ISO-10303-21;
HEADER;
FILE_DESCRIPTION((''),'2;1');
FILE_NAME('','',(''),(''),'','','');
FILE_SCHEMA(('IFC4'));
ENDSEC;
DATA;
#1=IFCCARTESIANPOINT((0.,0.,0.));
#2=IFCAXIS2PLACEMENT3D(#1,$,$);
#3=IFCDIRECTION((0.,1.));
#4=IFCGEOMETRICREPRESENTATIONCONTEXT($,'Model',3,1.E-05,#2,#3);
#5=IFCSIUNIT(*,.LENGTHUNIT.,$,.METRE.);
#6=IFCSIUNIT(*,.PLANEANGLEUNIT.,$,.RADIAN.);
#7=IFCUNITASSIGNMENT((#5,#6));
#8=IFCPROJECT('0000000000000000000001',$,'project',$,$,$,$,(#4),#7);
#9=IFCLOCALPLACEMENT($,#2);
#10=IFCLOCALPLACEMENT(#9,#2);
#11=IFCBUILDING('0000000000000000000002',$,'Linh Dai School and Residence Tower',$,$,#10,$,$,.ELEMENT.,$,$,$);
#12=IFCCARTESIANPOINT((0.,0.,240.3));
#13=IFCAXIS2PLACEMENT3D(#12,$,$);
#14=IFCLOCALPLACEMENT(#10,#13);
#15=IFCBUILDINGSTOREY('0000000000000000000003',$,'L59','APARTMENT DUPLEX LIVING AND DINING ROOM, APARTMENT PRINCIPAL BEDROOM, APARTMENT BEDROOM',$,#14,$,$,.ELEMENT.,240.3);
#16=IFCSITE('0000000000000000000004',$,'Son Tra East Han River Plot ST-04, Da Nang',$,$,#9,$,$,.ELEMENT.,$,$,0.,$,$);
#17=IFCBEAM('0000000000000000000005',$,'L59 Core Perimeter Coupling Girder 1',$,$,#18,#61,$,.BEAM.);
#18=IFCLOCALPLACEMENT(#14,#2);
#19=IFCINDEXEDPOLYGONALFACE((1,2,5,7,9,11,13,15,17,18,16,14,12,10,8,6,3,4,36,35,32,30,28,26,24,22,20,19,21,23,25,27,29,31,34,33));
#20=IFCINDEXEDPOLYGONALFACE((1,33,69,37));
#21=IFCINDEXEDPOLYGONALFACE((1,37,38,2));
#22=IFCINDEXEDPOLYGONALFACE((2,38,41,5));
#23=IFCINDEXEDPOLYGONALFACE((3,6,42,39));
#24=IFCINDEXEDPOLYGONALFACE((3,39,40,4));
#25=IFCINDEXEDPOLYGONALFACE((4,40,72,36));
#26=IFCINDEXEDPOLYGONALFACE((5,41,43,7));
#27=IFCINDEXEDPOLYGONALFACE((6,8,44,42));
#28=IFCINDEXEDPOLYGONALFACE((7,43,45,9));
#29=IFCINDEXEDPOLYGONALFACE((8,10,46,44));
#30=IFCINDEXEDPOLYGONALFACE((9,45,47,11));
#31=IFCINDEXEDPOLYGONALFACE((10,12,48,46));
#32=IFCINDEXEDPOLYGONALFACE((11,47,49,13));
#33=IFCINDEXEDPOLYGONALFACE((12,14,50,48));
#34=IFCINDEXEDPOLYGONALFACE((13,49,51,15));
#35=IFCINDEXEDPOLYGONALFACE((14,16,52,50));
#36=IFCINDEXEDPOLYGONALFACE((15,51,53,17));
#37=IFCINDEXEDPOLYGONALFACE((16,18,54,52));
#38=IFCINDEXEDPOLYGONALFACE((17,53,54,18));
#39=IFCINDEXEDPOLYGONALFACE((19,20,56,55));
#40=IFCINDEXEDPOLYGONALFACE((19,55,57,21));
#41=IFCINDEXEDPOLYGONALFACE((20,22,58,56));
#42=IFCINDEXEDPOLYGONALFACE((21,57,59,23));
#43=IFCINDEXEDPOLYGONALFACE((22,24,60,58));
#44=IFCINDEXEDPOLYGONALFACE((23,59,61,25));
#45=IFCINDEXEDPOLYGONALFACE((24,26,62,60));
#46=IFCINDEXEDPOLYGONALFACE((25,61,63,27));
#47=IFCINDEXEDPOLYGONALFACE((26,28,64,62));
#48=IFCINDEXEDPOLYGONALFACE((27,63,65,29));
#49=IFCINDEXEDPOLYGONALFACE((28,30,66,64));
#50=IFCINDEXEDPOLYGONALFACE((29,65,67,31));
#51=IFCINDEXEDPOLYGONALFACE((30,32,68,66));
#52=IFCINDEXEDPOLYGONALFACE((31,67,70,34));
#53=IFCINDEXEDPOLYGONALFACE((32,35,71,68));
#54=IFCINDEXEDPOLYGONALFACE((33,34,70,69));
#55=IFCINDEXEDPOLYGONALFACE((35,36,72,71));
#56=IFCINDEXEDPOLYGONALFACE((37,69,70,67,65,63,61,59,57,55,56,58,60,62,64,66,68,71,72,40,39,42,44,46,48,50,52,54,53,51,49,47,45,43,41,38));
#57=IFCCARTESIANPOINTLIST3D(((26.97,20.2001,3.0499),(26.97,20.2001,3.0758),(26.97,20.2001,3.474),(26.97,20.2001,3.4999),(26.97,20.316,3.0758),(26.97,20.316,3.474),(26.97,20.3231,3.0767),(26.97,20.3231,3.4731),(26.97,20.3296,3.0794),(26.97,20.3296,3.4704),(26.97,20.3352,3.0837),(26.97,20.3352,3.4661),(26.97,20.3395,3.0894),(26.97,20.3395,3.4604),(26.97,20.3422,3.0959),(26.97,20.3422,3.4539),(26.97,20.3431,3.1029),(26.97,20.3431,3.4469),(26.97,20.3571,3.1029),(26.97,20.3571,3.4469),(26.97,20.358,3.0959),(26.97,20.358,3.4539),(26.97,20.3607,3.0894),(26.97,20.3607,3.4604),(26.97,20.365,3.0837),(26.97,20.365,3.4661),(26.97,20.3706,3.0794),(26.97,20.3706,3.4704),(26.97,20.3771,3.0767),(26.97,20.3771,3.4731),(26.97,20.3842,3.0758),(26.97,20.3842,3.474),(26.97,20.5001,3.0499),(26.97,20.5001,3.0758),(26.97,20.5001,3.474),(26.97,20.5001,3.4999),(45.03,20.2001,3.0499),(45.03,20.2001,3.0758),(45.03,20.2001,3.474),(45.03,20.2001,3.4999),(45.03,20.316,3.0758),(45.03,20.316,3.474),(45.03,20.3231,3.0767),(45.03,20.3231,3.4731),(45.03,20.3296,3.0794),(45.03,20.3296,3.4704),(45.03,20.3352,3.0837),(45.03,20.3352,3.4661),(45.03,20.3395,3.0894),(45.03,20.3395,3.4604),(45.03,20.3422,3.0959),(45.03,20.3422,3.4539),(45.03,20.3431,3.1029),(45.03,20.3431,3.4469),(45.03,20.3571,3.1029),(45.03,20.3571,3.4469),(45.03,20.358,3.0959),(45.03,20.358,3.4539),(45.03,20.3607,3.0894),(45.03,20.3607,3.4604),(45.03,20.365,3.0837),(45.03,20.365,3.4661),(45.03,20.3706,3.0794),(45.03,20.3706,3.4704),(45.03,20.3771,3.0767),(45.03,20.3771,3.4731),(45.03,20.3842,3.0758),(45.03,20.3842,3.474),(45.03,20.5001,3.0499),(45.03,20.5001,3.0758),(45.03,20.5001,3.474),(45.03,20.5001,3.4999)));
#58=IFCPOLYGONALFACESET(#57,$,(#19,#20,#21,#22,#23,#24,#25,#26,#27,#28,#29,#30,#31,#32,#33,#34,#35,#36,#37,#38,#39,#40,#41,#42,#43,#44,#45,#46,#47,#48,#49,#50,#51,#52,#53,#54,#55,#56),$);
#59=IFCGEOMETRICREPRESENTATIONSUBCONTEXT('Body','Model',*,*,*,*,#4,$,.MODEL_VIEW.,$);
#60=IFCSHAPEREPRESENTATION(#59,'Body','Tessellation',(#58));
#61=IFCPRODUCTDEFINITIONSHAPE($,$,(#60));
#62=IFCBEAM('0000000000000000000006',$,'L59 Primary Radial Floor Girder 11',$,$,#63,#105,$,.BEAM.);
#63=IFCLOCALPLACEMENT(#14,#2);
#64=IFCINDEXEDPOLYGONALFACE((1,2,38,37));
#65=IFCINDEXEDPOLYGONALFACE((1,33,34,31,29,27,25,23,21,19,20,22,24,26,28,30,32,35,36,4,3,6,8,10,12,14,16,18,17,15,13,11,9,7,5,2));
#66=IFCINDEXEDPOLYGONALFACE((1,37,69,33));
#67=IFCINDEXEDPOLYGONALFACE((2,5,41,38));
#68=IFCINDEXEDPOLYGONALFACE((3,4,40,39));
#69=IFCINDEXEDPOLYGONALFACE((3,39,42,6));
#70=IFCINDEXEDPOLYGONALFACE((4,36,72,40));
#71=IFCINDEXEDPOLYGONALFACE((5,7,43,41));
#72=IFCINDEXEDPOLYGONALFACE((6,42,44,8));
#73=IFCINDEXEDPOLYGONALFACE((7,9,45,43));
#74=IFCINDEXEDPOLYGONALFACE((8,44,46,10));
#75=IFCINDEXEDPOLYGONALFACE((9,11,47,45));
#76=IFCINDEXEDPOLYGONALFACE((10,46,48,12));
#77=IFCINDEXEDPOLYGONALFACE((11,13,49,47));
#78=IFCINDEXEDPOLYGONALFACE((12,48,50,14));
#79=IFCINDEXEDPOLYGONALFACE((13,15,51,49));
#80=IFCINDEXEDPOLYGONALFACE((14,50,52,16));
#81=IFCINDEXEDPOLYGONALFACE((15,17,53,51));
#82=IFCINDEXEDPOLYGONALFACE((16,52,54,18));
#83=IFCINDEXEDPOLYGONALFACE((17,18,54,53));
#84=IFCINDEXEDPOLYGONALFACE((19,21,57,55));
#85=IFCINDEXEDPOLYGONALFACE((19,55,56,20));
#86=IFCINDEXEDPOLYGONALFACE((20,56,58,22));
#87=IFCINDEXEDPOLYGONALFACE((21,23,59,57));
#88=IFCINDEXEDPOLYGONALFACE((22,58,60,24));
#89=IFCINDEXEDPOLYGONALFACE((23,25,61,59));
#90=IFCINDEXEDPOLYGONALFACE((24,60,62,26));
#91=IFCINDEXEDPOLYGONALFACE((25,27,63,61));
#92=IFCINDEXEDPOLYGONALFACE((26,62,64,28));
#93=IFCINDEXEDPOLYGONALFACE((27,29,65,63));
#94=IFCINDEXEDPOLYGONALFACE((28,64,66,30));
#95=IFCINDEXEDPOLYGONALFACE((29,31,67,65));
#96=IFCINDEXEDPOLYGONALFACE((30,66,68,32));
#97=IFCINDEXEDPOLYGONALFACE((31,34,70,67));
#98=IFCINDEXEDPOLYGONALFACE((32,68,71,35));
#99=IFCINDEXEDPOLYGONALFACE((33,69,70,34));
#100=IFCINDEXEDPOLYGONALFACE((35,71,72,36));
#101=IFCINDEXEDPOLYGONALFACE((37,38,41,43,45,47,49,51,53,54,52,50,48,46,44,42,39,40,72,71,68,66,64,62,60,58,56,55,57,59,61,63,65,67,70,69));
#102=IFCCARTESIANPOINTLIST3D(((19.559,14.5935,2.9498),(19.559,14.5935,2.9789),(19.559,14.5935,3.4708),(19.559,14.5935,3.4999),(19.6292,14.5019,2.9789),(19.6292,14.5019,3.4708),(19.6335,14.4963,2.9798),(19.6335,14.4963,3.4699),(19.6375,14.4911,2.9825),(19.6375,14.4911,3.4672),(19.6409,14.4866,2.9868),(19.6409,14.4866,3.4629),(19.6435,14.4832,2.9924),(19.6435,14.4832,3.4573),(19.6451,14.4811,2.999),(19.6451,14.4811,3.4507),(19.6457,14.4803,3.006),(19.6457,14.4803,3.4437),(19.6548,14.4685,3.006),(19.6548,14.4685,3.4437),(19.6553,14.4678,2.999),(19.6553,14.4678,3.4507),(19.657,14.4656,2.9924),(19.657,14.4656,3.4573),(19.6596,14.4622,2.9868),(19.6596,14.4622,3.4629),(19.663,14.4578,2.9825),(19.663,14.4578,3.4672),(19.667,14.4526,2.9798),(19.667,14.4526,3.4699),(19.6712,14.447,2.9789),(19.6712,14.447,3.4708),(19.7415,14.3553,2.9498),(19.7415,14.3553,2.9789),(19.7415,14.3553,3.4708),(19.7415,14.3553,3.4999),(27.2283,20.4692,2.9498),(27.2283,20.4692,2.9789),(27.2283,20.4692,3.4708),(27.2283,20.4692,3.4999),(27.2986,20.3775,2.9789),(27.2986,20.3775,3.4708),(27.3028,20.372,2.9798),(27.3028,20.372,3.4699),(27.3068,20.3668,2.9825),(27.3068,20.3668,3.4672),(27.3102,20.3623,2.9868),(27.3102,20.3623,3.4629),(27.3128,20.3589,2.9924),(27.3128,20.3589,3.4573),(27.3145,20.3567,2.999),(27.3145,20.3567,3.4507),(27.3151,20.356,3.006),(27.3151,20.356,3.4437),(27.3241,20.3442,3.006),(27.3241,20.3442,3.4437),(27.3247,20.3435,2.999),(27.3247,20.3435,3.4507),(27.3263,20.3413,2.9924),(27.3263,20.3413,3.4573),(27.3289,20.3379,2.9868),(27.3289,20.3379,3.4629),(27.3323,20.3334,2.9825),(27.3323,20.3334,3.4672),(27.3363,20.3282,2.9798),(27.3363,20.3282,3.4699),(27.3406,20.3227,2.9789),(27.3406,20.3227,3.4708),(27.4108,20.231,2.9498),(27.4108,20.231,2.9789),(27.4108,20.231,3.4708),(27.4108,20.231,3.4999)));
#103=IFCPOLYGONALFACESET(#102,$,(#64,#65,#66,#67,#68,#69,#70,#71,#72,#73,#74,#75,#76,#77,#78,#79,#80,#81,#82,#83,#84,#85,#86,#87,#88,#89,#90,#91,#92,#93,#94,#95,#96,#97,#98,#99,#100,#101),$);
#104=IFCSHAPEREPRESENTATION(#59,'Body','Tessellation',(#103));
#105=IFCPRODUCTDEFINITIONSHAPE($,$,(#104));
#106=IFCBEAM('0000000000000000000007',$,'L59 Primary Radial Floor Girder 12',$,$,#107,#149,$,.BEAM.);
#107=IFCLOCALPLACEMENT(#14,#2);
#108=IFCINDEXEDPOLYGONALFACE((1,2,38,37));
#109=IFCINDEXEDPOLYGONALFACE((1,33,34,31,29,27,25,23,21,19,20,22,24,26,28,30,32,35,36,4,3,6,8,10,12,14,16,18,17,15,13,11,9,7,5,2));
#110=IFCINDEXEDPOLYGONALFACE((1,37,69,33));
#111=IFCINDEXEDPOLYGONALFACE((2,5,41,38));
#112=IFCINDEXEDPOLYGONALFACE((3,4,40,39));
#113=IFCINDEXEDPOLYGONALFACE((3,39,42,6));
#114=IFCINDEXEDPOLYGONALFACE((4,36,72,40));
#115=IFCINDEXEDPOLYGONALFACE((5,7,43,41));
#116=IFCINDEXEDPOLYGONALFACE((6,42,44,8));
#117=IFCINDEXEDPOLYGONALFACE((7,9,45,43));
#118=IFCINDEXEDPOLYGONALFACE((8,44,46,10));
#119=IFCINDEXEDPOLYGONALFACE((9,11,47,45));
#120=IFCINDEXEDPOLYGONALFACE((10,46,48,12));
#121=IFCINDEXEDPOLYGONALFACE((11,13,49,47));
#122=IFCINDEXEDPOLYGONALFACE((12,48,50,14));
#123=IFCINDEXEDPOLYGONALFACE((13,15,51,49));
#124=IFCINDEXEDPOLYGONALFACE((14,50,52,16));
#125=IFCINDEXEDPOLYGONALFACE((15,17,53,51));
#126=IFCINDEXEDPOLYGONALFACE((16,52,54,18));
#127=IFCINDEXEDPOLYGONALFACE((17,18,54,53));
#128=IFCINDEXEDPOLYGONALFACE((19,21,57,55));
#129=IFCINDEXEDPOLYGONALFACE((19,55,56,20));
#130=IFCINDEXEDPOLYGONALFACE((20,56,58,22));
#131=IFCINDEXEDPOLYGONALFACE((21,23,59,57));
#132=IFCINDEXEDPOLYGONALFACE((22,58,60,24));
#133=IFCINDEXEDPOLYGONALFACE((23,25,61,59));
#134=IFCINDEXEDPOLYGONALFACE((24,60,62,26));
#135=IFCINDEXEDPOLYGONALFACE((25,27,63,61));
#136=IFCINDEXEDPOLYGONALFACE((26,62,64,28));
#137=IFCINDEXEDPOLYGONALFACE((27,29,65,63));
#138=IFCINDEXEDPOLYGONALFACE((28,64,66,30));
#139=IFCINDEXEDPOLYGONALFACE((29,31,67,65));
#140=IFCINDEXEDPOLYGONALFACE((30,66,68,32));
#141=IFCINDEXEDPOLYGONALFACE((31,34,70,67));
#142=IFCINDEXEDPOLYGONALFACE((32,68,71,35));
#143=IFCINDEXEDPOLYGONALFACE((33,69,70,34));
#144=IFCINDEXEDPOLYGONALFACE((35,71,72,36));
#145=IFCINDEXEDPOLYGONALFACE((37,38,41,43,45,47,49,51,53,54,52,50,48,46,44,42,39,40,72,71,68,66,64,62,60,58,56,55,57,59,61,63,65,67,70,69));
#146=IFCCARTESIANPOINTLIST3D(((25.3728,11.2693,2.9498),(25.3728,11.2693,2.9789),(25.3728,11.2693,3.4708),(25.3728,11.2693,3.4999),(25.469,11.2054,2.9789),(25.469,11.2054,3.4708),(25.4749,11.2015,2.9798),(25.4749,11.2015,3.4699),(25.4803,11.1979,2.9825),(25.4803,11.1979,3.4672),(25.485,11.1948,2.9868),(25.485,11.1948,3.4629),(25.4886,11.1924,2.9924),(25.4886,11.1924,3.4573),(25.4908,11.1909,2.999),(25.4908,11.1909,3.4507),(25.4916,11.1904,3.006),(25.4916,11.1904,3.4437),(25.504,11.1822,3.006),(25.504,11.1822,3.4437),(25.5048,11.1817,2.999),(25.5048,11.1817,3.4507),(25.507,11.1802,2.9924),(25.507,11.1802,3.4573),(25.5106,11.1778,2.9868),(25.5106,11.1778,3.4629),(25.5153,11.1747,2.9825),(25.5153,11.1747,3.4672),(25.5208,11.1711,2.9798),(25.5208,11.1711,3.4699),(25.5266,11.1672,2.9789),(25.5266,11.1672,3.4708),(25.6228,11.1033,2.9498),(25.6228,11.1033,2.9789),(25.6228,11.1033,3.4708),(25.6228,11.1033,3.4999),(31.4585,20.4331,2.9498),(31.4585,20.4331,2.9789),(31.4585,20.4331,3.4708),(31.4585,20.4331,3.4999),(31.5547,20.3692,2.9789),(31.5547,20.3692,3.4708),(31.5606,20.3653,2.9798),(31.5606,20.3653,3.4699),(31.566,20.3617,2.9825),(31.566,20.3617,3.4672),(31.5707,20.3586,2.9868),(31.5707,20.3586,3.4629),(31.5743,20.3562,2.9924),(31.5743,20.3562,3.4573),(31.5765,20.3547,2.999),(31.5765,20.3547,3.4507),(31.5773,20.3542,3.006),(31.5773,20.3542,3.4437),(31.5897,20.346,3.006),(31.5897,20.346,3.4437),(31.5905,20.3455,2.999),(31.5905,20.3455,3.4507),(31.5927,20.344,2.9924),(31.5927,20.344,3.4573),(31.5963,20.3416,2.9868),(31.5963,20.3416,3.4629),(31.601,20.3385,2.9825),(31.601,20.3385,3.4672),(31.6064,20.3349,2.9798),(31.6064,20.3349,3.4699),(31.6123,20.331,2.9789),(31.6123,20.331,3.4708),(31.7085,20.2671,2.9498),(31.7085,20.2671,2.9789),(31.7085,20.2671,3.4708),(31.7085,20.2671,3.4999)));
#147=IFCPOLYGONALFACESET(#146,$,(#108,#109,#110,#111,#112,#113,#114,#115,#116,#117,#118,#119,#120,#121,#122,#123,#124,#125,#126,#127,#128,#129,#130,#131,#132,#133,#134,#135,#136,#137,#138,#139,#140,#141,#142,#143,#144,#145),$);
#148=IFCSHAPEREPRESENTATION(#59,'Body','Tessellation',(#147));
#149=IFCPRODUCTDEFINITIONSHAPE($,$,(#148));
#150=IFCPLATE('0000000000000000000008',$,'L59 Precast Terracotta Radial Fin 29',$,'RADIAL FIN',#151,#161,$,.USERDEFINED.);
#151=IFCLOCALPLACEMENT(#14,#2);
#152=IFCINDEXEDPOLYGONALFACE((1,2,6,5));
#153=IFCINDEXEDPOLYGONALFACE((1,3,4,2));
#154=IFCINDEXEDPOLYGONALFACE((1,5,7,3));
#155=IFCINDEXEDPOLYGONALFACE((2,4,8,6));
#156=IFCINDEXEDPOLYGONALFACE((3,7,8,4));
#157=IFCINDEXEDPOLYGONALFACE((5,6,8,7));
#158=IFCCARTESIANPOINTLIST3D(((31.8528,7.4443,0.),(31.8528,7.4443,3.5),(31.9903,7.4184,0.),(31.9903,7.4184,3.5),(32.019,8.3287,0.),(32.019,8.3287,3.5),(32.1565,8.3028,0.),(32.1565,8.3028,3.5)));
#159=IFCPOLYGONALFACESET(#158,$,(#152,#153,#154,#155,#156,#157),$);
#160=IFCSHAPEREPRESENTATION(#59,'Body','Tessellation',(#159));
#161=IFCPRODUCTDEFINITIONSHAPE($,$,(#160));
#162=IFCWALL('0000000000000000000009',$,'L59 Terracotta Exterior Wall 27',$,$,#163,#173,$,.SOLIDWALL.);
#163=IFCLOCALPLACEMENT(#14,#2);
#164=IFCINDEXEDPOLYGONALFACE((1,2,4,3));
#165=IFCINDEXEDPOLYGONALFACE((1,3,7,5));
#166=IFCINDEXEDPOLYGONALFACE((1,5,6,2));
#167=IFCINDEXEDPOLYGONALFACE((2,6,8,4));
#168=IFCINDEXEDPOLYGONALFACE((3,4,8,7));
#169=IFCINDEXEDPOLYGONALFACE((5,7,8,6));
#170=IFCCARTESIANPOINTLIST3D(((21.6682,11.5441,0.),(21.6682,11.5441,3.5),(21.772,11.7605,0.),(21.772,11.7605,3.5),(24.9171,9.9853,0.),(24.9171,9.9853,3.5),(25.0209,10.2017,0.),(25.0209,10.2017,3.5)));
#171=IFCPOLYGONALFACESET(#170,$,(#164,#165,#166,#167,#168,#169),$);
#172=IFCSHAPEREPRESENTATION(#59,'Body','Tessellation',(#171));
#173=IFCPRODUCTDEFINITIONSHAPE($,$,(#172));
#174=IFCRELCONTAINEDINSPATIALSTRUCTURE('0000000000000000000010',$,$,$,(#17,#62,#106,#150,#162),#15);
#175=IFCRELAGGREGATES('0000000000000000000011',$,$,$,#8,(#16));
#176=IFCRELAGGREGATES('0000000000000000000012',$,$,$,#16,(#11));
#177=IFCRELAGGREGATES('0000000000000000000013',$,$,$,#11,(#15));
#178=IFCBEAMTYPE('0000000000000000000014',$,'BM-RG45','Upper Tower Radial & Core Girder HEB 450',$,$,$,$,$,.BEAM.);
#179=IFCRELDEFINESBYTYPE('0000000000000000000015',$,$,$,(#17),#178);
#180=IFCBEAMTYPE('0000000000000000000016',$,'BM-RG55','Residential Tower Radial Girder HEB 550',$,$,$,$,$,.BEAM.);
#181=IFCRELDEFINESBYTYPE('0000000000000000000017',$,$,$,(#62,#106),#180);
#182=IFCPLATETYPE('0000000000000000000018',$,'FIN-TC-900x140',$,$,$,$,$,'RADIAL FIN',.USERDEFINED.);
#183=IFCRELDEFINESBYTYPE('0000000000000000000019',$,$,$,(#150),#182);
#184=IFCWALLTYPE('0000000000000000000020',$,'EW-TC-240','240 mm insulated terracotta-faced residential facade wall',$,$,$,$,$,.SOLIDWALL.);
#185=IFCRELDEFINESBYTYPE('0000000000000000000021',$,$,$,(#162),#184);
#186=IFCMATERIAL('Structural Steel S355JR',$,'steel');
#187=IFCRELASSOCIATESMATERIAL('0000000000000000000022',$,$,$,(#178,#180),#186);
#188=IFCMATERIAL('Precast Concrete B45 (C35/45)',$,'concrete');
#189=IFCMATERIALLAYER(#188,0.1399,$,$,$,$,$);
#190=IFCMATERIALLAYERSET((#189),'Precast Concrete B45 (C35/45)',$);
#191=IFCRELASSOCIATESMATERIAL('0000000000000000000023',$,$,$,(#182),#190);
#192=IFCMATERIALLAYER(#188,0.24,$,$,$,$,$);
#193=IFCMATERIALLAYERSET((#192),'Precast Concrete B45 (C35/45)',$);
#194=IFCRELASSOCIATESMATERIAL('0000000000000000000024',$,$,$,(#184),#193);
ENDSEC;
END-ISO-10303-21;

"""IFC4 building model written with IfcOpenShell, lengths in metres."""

from ifc_helpers import new_model, si_unit, direction, frame, frame_2d, origin, origin_2d, place, context, subcontext, project, spatial, rectangle, i_section, extrude, source, transform, mapped, material, layer, layer_set, material_profile, profile_set, type_object, element, save


model = new_model("IFC4")

# Units and contexts
model_context = context("Model", 3, precision=1e-05, world=origin(), true_north=direction((0.0, 1.0)))
body_context = subcontext(model_context, "Body", "Model", "MODEL_VIEW")
ifc_project = project(units=[si_unit("LENGTHUNIT", "METRE"), si_unit("PLANEANGLEUNIT", "RADIAN")], contexts=[model_context])

# Site, building, storey
site_placement = place(None, origin())
site = spatial("IfcSite", under=ifc_project, at=site_placement, Name="Son Tra East Han River Plot ST-04, Da Nang", CompositionType="ELEMENT", RefElevation=0.0)
building_placement = place(site_placement, origin())
building = spatial("IfcBuilding", under=site, at=building_placement, Name="Linh Dai School and Residence Tower", CompositionType="ELEMENT")
storey_placement = place(building_placement, frame((0.0, 0.0, 240.3)))
storey = spatial("IfcBuildingStorey", under=building, at=storey_placement, Name="L59", Description="APARTMENT DUPLEX LIVING AND DINING ROOM, APARTMENT PRINCIPAL BEDROOM, APARTMENT BEDROOM", CompositionType="ELEMENT", Elevation=240.3)

# Shared definitions
ifc_material_1 = material(Name="Structural Steel S355JR", Category="steel")

# Beams
ifc_material_profile_1 = material_profile(ifc_material_1, i_section(OverallWidth=0.3, OverallDepth=0.45, WebThickness=0.0139, FlangeThickness=0.0259, FilletRadius=0.0271, at=origin_2d()), Name="HEB 450")
ifc_profile_set_1 = profile_set([ifc_material_profile_1], Name="Structural Steel S355JR")
beam_type_1 = type_object("IfcBeamType", Name="BM-RG45", Description="Upper Tower Radial & Core Girder HEB 450", PredefinedType="BEAM", material=ifc_profile_set_1)
beam_1_placement = place(storey_placement, frame((26.97, 20.3501, 3.2749), z_axis=(1.0, 0.0, 0.0), x_axis=(0.0, 1.0, 0.0)))
element("IfcBeam", 1, at=beam_1_placement, inside=storey, type_object=beam_type_1, Name="L59 Core Perimeter Coupling Girder 1", PredefinedType="BEAM", context=body_context, shape_type="SweptSolid", body=[
    extrude(i_section(OverallWidth=0.3, OverallDepth=0.45, WebThickness=0.0139, FlangeThickness=0.0259, FilletRadius=0.0271, at=origin_2d()), origin(), (0.0, 0.0, 1.0), 18.0601),
])
ifc_material_profile_2 = material_profile(ifc_material_1, i_section(OverallWidth=0.3, OverallDepth=0.55, WebThickness=0.0149, FlangeThickness=0.0291, FilletRadius=0.0271, at=origin_2d()), Name="HEB 550")
ifc_profile_set_2 = profile_set([ifc_material_profile_2], Name="Structural Steel S355JR")
beam_type_2 = type_object("IfcBeamType", Name="BM-RG55", Description="Residential Tower Radial Girder HEB 550", PredefinedType="BEAM", material=ifc_profile_set_2)
beam_2_placement = place(storey_placement, frame((27.3196, 20.3501, 3.2249), z_axis=(-0.793815, -0.60816, 0.0), x_axis=(0.60816, -0.793815, 0.0)))
element("IfcBeam", 2, at=beam_2_placement, inside=storey, type_object=beam_type_2, Name="L59 Primary Radial Floor Girder 11", PredefinedType="BEAM", context=body_context, shape_type="SweptSolid", body=[
    extrude(i_section(OverallWidth=0.3, OverallDepth=0.55, WebThickness=0.0149, FlangeThickness=0.0291, FilletRadius=0.0271, at=origin_2d()), origin(), (0.0, 0.0, 1.0), 9.6614),
])
beam_3_placement = place(storey_placement, frame((31.5835, 20.3501, 3.2249), z_axis=(-0.553219, -0.833036, 0.0), x_axis=(0.833036, -0.553219, 0.0)))
element("IfcBeam", 3, at=beam_3_placement, inside=storey, type_object=beam_type_2, Name="L59 Primary Radial Floor Girder 12", PredefinedType="BEAM", context=body_context, shape_type="SweptSolid", body=[
    extrude(i_section(OverallWidth=0.3, OverallDepth=0.55, WebThickness=0.0149, FlangeThickness=0.0291, FilletRadius=0.0271, at=origin_2d()), origin(), (0.0, 0.0, 1.0), 11.0005),
])

# Plate
ifc_material_2 = material(Name="Precast Concrete B45 (C35/45)", Category="concrete")
ifc_layer_1 = layer(ifc_material_2, 0.1399)
ifc_layer_set_1 = layer_set([ifc_layer_1], Name="Precast Concrete B45 (C35/45)")
plate_type = type_object("IfcPlateType", Name="FIN-TC-900x140", ElementType="RADIAL FIN", PredefinedType="USERDEFINED", material=ifc_layer_set_1)
shared_shape_1 = source(origin(), body_context, "Body", "SweptSolid", [
    extrude(rectangle(XDim=0.8999, YDim=0.1399, at=origin_2d()), origin(), (0.0, 0.0, 1.0), 3.5),
])
plate_placement = place(storey_placement, frame((32.0046, 7.8735, 0.0), z_axis=(0.0, 0.0, 1.0), x_axis=(-0.184744, -0.982787, 0.0)))
element("IfcPlate", 4, at=plate_placement, inside=storey, type_object=plate_type, Name="L59 Precast Terracotta Radial Fin 29", ObjectType="RADIAL FIN", PredefinedType="USERDEFINED", context=body_context, shape_type="MappedRepresentation", body=[
    mapped(shared_shape_1, transform((0.0, 0.0, 0.0), x_axis=(1.0, 0.0, 0.0), y_axis=(0.0, 1.0, 0.0), z_axis=(0.0, 0.0, 1.0), scale=1.0)),
])

# Wall
ifc_layer_2 = layer(ifc_material_2, 0.24)
ifc_layer_set_2 = layer_set([ifc_layer_2], Name="Precast Concrete B45 (C35/45)")
wall_type_1 = type_object("IfcWallType", Name="EW-TC-240", Description="240 mm insulated terracotta-faced residential facade wall", PredefinedType="SOLIDWALL", material=ifc_layer_set_2)
wall_1_placement = place(storey_placement, frame((24.969, 10.0935, 0.0), z_axis=(0.0, 0.0, 1.0), x_axis=(-0.901598, 0.432575, 0.0)))
element("IfcWall", 5, at=wall_1_placement, inside=storey, type_object=wall_type_1, Name="L59 Terracotta Exterior Wall 27", PredefinedType="SOLIDWALL", context=body_context, shape_type="SweptSolid", body=[
    extrude(rectangle(XDim=3.6035, YDim=0.24, at=frame_2d((1.8018, 0.0))), origin(), (0.0, 0.0, 1.0), 3.5),
])

save(model, "model.ifc")
